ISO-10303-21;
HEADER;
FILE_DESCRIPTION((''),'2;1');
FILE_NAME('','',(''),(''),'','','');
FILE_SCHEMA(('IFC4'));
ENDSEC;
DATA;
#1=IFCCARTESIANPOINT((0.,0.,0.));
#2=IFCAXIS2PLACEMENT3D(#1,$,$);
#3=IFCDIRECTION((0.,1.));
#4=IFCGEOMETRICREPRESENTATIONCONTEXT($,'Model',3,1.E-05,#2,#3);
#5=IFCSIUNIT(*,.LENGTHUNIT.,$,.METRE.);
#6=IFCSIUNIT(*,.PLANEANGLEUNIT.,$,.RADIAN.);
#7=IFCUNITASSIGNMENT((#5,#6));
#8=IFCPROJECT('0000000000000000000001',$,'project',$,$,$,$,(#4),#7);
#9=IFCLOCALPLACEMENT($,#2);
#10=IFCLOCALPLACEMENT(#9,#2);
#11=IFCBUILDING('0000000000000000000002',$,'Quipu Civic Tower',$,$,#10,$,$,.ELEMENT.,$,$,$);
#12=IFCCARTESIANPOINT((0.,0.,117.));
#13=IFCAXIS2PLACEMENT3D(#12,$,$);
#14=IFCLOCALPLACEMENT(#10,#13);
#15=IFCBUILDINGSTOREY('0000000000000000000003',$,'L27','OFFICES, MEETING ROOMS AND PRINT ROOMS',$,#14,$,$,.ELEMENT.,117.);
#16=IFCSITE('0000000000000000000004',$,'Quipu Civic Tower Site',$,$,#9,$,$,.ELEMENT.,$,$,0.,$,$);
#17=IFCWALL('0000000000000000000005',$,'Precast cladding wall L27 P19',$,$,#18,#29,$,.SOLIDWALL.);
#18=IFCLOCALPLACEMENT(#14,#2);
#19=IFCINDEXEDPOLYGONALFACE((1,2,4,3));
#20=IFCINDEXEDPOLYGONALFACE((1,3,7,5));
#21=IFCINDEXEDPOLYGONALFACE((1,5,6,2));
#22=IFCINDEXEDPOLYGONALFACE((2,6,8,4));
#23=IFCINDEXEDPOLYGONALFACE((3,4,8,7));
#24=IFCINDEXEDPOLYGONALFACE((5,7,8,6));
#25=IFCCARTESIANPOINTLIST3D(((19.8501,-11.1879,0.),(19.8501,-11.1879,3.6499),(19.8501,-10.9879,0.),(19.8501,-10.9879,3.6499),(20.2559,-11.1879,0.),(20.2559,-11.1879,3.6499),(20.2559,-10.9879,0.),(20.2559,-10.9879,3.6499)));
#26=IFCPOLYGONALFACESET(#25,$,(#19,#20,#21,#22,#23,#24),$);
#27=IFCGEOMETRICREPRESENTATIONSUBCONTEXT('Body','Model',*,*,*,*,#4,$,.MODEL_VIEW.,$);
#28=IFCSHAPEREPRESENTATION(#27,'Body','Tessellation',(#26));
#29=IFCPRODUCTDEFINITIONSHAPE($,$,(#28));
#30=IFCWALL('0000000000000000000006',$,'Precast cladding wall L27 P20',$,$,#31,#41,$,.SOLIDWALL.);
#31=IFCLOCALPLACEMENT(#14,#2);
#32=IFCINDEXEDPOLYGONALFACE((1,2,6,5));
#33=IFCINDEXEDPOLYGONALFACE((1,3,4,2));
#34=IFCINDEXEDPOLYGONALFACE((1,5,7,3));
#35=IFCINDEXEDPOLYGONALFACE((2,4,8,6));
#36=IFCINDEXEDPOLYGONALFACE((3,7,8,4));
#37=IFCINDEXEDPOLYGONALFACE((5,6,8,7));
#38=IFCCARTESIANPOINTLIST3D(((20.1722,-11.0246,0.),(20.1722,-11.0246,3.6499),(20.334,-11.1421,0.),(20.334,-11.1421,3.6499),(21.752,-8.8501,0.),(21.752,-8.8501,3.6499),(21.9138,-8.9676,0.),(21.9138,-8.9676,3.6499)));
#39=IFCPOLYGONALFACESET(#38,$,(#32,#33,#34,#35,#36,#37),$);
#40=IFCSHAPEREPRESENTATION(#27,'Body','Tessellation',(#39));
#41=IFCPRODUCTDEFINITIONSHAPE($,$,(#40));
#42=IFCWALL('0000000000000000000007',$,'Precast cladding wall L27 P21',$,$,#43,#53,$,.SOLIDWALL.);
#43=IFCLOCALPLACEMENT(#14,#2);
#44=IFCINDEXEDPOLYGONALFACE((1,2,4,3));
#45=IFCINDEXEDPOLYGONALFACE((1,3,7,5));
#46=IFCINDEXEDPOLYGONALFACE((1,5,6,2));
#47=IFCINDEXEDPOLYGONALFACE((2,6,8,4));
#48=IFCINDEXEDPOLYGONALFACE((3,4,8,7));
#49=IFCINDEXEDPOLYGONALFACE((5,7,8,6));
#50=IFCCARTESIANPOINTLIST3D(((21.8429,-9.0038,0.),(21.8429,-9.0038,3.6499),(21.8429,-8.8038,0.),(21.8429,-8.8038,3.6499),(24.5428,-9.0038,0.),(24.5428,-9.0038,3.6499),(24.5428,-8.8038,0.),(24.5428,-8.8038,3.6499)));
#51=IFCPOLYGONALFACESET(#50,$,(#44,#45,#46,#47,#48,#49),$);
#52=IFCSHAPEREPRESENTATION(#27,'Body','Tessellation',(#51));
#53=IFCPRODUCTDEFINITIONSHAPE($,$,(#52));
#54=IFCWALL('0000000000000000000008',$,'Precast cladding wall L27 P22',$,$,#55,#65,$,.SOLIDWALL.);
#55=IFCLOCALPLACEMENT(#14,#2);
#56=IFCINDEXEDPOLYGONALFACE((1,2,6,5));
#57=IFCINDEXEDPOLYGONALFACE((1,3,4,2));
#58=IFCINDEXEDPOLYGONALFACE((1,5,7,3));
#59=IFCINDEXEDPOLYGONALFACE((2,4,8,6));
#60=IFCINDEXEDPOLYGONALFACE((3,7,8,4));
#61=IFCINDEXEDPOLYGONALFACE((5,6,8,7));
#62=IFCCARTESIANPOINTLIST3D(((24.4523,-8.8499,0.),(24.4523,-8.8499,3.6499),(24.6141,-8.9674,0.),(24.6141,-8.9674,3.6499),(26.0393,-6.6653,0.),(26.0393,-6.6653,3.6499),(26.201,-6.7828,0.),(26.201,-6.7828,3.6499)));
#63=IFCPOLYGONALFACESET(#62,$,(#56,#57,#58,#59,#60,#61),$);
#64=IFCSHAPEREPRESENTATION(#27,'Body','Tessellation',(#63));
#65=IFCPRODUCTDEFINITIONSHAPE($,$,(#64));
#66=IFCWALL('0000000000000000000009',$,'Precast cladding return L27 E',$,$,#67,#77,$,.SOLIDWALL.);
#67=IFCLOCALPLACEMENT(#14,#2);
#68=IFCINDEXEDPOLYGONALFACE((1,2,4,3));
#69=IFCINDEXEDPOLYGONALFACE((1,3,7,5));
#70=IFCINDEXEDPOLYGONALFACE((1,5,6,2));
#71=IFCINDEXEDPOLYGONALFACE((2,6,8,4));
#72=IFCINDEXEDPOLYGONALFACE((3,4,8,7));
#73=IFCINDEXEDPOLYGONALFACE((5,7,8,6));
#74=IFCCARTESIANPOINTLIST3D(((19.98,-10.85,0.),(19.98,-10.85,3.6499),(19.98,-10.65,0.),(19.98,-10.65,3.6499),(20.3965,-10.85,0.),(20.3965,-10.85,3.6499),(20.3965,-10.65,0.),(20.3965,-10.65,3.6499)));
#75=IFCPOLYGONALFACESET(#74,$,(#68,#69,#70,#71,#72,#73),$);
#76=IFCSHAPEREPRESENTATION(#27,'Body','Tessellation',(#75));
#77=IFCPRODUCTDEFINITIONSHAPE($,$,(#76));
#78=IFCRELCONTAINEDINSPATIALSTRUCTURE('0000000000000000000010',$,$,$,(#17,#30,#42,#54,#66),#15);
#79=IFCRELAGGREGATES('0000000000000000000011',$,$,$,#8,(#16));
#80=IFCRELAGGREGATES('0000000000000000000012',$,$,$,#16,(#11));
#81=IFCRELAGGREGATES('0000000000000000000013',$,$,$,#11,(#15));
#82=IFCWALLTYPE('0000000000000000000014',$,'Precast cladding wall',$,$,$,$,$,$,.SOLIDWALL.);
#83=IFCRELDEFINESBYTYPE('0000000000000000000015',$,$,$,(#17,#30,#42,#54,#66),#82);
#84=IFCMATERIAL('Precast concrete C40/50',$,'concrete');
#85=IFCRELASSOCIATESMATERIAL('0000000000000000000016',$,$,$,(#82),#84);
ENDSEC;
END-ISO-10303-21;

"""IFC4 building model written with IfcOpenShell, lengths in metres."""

from ifc_helpers import new_model, si_unit, direction, frame, frame_2d, origin, place, context, subcontext, project, spatial, rectangle, extrude, material, type_object, element, save


model = new_model("IFC4")

# Units and contexts
model_context = context("Model", 3, precision=1e-05, world=origin(), true_north=direction((0.0, 1.0)))
body_context = subcontext(model_context, "Body", "Model", "MODEL_VIEW")
ifc_project = project(units=[si_unit("LENGTHUNIT", "METRE"), si_unit("PLANEANGLEUNIT", "RADIAN")], contexts=[model_context])

# Site, building, storey
site_placement = place(None, origin())
site = spatial("IfcSite", under=ifc_project, at=site_placement, Name="Quipu Civic Tower Site", CompositionType="ELEMENT", RefElevation=0.0)
building_placement = place(site_placement, origin())
building = spatial("IfcBuilding", under=site, at=building_placement, Name="Quipu Civic Tower", CompositionType="ELEMENT")
storey_placement = place(building_placement, frame((0.0, 0.0, 117.0)))
storey = spatial("IfcBuildingStorey", under=building, at=storey_placement, Name="L27", Description="OFFICES, MEETING ROOMS AND PRINT ROOMS", CompositionType="ELEMENT", Elevation=117.0)

# Walls
ifc_material_1 = material(Name="Precast concrete C40/50", Category="concrete")
wall_type_1 = type_object("IfcWallType", Name="Precast cladding wall", PredefinedType="SOLIDWALL", material=ifc_material_1)
wall_1_placement = place(storey_placement, frame((19.8501, -11.0879, 0.0), z_axis=(0.0, 0.0, 1.0), x_axis=(1.0, 0.0, 0.0)))
element("IfcWall", 1, at=wall_1_placement, inside=storey, type_object=wall_type_1, Name="Precast cladding wall L27 P19", PredefinedType="SOLIDWALL", context=body_context, shape_type="SweptSolid", body=[
    extrude(rectangle(XDim=0.4058, YDim=0.2, at=frame_2d((0.2029, 0.0))), origin(), (0.0, 0.0, 1.0), 3.6499),
])
wall_2_placement = place(storey_placement, frame((20.2532, -11.0833, 0.0), z_axis=(0.0, 0.0, 1.0), x_axis=(0.587767, 0.809031, 0.0)))
element("IfcWall", 2, at=wall_2_placement, inside=storey, type_object=wall_type_1, Name="Precast cladding wall L27 P20", PredefinedType="SOLIDWALL", context=body_context, shape_type="SweptSolid", body=[
    extrude(rectangle(XDim=2.6877, YDim=0.2, at=frame_2d((1.3438, 0.0))), origin(), (0.0, 0.0, 1.0), 3.6499),
])
wall_3_placement = place(storey_placement, frame((21.8428, -8.9038, 0.0), z_axis=(0.0, 0.0, 1.0), x_axis=(1.0, 0.0, 0.0)))
element("IfcWall", 3, at=wall_3_placement, inside=storey, type_object=wall_type_1, Name="Precast cladding wall L27 P21", PredefinedType="SOLIDWALL", context=body_context, shape_type="SweptSolid", body=[
    extrude(rectangle(XDim=2.7, YDim=0.2, at=frame_2d((1.3501, 0.0))), origin(), (0.0, 0.0, 1.0), 3.6499),
])
wall_4_placement = place(storey_placement, frame((24.5332, -8.9087, 0.0), z_axis=(0.0, 0.0, 1.0), x_axis=(0.58772, 0.809064, 0.0)))
element("IfcWall", 4, at=wall_4_placement, inside=storey, type_object=wall_type_1, Name="Precast cladding wall L27 P22", PredefinedType="SOLIDWALL", context=body_context, shape_type="SweptSolid", body=[
    extrude(rectangle(XDim=2.7002, YDim=0.2, at=frame_2d((1.3501, 0.0))), origin(), (0.0, 0.0, 1.0), 3.6499),
])
wall_5_placement = place(storey_placement, frame((19.98, -10.75, 0.0), z_axis=(0.0, 0.0, 1.0), x_axis=(1.0, 0.0, 0.0)))
element("IfcWall", 5, at=wall_5_placement, inside=storey, type_object=wall_type_1, Name="Precast cladding return L27 E", PredefinedType="SOLIDWALL", context=body_context, shape_type="SweptSolid", body=[
    extrude(rectangle(XDim=0.4165, YDim=0.2, at=frame_2d((0.2083, 0.0))), origin(), (0.0, 0.0, 1.0), 3.6499),
])

save(model, "model.ifc")
